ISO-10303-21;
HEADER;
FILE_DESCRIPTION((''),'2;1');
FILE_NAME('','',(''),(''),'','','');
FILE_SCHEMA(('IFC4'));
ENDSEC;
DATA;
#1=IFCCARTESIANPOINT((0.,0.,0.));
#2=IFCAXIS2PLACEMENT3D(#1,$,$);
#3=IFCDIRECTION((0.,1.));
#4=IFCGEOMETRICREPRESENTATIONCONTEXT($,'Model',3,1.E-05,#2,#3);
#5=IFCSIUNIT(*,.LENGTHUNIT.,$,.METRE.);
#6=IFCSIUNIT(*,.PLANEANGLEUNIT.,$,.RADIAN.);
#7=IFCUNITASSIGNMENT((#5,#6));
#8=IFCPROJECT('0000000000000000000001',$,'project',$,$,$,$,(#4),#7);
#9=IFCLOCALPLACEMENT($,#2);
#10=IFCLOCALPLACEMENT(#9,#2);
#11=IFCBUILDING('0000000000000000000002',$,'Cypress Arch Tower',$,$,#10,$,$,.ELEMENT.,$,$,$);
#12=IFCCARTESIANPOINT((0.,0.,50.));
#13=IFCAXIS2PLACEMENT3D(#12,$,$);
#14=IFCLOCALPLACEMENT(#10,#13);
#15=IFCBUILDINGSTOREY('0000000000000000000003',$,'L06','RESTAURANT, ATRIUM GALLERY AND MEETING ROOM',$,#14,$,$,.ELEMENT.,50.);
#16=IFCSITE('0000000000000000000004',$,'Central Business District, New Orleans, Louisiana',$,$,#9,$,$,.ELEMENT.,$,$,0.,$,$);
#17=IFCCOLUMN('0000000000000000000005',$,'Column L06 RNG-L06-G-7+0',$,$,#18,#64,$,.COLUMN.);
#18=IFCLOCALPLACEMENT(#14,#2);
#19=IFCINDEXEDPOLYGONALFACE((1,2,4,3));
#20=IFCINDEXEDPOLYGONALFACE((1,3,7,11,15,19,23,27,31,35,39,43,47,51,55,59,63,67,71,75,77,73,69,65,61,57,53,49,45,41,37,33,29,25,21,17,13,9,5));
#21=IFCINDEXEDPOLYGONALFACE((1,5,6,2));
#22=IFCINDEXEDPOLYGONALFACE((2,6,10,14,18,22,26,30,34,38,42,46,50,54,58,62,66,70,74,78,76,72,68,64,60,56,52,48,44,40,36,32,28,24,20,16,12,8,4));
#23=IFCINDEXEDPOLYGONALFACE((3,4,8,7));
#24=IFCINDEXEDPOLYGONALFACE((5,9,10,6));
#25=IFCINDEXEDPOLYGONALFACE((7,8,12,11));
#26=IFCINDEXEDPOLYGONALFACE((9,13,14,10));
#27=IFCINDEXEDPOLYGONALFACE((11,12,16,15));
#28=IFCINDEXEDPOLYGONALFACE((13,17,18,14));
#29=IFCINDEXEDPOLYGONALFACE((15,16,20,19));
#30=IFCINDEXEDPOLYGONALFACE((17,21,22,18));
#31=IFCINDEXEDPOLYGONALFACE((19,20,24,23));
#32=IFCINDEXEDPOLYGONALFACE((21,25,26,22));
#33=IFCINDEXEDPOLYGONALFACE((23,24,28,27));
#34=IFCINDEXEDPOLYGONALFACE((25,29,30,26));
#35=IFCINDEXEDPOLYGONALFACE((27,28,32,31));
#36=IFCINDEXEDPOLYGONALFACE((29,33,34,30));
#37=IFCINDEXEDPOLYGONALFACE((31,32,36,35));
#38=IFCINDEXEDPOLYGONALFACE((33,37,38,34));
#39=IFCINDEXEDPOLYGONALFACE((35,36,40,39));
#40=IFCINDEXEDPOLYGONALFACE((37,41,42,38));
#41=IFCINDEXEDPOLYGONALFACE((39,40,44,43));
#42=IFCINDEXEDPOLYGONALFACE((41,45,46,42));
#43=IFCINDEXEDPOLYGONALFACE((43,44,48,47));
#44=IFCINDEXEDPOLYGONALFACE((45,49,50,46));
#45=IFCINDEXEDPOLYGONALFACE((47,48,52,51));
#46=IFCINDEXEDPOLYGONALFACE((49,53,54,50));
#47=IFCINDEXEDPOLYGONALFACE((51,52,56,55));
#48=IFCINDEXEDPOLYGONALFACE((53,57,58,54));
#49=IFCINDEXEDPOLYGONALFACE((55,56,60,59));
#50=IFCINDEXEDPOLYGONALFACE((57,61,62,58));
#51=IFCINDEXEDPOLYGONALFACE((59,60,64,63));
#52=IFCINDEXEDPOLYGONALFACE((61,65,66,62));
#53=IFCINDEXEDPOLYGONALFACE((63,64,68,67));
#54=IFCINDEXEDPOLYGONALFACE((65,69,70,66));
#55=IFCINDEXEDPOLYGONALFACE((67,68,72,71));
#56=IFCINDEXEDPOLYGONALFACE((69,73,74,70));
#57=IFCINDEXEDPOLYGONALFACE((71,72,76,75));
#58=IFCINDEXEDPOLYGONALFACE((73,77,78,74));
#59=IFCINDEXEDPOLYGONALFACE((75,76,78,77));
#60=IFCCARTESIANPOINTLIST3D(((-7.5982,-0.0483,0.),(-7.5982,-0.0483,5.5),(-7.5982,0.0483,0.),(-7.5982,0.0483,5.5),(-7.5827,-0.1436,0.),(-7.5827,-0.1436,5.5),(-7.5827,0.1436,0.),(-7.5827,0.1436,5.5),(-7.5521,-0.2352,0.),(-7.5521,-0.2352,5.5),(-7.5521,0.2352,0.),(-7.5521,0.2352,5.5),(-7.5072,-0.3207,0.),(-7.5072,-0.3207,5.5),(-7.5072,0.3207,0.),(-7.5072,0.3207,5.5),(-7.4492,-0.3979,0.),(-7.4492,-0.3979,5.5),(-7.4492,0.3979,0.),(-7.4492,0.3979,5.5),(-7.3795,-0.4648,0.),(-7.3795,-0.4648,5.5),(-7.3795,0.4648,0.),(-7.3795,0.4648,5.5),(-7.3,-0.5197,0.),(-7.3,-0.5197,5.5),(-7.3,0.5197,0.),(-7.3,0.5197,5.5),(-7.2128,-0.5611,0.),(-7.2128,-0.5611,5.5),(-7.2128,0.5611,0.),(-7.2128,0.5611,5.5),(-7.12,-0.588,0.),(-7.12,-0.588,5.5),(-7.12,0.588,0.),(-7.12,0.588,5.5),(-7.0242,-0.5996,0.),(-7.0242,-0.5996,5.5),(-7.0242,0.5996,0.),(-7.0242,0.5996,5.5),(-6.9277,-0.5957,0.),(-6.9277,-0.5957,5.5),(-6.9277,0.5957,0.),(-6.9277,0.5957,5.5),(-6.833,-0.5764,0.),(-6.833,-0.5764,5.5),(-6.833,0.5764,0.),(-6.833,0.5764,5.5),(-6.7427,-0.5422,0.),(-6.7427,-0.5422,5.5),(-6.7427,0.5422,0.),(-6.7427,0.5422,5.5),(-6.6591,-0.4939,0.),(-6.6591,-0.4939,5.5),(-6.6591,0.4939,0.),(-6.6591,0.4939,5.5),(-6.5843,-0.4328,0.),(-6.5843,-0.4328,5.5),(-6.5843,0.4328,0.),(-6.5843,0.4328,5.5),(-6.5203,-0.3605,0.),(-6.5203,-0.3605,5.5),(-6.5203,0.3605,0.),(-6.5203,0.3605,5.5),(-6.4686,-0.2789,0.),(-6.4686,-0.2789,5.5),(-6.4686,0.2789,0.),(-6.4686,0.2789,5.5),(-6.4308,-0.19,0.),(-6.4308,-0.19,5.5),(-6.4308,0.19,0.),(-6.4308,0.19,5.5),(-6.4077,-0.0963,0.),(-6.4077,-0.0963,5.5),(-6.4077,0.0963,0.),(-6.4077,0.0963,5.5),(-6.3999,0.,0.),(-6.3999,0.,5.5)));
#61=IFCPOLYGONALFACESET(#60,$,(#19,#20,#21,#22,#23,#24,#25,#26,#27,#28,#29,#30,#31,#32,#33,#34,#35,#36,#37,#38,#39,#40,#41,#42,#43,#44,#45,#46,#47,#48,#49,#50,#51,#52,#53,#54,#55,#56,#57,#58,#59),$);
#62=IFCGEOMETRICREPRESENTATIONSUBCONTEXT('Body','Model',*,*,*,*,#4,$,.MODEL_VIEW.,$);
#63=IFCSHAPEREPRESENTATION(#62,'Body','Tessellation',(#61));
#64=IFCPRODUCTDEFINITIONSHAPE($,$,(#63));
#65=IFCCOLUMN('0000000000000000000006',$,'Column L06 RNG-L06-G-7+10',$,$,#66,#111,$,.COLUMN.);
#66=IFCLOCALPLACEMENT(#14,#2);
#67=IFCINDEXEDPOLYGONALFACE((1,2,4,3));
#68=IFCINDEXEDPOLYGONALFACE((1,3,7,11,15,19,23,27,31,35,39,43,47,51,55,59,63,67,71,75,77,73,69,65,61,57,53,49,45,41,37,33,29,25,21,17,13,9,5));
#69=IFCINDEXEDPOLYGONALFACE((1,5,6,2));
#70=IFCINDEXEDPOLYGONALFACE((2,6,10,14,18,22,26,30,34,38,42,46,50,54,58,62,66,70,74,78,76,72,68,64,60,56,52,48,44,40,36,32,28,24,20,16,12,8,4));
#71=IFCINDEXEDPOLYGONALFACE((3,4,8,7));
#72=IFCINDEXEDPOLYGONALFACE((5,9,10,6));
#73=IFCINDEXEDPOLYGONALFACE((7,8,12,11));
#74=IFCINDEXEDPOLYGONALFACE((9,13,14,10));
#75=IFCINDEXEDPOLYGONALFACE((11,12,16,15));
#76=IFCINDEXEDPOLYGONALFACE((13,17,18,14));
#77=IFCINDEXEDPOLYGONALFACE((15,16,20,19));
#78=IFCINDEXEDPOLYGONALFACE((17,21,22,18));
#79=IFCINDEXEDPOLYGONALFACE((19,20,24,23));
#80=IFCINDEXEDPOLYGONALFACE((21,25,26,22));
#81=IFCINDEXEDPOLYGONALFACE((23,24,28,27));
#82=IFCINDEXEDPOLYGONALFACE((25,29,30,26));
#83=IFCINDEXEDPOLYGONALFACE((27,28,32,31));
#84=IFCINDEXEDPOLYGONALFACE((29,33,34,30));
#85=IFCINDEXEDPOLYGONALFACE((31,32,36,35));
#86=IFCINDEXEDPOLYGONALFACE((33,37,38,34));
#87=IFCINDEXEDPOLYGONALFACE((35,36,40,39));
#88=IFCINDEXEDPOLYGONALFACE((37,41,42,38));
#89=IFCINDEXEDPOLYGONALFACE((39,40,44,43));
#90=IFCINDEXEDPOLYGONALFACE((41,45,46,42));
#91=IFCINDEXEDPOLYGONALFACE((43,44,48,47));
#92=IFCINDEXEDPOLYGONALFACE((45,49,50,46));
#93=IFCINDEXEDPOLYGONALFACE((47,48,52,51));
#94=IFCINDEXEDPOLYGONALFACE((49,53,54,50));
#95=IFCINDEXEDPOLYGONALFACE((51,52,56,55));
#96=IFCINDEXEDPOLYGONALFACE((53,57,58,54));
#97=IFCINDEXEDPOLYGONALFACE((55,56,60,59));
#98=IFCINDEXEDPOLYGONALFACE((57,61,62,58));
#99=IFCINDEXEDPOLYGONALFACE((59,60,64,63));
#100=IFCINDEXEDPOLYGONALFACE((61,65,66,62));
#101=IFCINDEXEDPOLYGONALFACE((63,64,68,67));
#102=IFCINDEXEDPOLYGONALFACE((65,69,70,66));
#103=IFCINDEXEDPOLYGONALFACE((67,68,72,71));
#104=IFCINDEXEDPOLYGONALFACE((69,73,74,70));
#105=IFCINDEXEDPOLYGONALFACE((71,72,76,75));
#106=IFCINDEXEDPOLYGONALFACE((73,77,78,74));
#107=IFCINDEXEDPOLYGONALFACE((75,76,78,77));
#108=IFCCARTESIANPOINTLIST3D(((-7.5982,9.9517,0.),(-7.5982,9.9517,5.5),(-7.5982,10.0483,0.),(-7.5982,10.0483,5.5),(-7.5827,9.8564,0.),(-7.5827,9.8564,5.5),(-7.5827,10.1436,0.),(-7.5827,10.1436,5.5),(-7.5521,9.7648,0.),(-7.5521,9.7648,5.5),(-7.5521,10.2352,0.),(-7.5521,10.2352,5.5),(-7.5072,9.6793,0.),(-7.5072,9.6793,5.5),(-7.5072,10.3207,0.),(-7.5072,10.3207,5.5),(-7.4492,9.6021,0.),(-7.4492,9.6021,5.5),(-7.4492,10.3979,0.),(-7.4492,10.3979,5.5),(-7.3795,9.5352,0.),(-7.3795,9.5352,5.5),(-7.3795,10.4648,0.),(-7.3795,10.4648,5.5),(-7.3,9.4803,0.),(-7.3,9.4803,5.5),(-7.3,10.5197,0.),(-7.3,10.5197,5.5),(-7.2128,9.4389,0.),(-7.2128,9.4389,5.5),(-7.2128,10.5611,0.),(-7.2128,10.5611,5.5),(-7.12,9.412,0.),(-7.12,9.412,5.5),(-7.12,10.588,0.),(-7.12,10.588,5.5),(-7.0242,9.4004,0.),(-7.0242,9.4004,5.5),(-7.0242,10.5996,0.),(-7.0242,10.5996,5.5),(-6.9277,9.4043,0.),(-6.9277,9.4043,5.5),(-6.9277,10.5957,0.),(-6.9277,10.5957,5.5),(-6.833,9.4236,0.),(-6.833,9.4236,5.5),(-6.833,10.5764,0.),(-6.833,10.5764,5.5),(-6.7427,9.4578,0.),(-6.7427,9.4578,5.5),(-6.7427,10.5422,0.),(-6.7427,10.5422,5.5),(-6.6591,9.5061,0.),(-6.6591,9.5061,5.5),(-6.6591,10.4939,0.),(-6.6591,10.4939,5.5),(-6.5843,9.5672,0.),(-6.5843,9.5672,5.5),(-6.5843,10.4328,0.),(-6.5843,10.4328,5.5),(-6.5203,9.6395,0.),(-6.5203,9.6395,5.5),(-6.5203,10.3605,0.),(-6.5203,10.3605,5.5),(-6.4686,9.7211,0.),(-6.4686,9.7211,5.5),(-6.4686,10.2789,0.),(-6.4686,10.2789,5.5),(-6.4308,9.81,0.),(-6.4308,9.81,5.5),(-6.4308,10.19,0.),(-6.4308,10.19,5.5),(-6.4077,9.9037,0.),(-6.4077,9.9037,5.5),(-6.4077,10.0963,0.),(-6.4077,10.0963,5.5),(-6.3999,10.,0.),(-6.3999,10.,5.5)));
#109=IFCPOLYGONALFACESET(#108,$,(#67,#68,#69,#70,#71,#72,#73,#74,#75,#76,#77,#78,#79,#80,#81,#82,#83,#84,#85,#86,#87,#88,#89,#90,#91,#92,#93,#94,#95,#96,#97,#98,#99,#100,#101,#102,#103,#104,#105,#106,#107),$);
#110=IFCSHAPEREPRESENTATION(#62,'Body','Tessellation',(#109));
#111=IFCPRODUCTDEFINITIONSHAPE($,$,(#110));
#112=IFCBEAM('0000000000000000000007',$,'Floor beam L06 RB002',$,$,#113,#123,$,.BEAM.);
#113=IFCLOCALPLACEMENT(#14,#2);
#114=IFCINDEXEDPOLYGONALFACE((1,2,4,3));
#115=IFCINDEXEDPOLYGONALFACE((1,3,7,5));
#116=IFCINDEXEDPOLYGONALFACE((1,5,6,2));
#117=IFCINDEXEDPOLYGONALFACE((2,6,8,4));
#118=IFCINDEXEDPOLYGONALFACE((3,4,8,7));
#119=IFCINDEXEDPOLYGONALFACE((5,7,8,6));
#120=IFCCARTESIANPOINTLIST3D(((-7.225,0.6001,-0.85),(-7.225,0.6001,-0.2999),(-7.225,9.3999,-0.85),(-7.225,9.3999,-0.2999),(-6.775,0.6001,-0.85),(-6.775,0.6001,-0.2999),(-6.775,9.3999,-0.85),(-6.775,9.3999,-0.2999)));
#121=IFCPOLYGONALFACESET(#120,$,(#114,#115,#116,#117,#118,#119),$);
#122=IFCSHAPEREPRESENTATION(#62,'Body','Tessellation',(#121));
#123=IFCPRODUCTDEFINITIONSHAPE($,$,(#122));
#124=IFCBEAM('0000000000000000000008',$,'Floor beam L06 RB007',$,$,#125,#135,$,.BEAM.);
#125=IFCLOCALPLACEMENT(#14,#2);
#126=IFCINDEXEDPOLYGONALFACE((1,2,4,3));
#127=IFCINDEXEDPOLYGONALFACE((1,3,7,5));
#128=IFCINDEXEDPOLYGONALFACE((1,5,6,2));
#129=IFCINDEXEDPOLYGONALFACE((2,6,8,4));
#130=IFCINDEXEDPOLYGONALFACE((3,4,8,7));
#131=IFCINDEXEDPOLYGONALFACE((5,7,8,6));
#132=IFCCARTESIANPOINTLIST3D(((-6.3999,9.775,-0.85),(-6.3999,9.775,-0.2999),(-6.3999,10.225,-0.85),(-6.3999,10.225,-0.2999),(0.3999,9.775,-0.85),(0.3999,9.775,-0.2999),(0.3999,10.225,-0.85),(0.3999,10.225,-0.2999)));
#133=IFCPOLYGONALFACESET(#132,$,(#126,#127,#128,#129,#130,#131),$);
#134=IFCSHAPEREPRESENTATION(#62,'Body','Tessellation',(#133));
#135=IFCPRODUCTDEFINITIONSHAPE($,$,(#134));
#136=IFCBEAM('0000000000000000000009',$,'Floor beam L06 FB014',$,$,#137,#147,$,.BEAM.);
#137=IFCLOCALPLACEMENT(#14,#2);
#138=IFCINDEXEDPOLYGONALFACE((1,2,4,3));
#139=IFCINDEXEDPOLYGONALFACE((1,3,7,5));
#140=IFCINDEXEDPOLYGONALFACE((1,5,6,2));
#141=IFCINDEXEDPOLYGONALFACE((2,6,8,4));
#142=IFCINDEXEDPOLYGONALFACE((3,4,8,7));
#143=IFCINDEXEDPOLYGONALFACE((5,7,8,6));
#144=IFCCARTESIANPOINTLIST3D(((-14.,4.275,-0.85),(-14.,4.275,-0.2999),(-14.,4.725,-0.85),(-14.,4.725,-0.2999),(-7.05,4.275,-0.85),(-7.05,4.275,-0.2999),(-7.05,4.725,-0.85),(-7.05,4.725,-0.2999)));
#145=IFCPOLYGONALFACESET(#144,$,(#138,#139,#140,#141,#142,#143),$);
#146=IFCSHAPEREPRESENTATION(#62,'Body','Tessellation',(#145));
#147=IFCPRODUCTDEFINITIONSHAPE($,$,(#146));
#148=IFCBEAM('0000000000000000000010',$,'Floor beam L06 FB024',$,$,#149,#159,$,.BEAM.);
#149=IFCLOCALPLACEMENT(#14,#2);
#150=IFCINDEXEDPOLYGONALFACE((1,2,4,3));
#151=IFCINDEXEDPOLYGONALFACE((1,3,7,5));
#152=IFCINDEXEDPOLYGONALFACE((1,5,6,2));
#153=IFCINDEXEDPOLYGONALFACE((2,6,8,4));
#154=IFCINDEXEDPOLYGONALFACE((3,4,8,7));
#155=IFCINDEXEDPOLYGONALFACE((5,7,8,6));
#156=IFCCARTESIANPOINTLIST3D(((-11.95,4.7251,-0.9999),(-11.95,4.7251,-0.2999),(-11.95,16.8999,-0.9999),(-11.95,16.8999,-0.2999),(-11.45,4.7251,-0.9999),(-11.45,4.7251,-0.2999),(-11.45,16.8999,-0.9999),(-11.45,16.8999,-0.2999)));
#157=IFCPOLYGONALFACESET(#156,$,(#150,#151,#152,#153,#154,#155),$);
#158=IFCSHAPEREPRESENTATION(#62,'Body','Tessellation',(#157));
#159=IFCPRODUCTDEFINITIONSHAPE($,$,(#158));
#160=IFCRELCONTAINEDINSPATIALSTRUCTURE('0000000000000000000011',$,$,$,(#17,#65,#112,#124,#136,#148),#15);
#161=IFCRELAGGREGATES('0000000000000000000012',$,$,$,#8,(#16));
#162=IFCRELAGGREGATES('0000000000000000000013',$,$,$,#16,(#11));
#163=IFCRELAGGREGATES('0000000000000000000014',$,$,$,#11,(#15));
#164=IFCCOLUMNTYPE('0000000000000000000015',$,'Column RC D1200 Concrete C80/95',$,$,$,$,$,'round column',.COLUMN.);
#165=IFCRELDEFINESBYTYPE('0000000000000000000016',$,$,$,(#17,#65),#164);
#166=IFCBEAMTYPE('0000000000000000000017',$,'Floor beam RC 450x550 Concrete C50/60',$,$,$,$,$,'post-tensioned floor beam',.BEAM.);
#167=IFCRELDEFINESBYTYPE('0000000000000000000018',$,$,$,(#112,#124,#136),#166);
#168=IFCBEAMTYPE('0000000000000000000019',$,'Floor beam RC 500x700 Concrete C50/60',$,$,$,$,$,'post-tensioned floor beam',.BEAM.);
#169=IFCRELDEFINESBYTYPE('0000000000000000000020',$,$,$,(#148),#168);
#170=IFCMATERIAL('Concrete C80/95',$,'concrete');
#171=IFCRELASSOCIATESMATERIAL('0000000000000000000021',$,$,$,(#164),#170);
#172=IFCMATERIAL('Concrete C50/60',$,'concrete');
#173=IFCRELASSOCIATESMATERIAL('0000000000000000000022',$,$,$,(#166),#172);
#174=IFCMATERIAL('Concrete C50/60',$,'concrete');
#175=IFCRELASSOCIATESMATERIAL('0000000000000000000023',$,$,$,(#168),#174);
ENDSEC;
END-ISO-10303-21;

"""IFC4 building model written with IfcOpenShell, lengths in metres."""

from ifc_helpers import new_model, si_unit, direction, frame, origin, origin_2d, place, context, subcontext, project, spatial, rectangle, circle, extrude, material, material_profile, profile_set, type_object, element, save


model = new_model("IFC4")

# Units and contexts
model_context = context("Model", 3, precision=1e-05, world=origin(), true_north=direction((0.0, 1.0)))
body_context = subcontext(model_context, "Body", "Model", "MODEL_VIEW")
ifc_project = project(units=[si_unit("LENGTHUNIT", "METRE"), si_unit("PLANEANGLEUNIT", "RADIAN")], contexts=[model_context])

# Site, building, storey
site_placement = place(None, origin())
site = spatial("IfcSite", under=ifc_project, at=site_placement, Name="Central Business District, New Orleans, Louisiana", CompositionType="ELEMENT", RefElevation=0.0)
building_placement = place(site_placement, origin())
building = spatial("IfcBuilding", under=site, at=building_placement, Name="Cypress Arch Tower", CompositionType="ELEMENT")
storey_placement = place(building_placement, frame((0.0, 0.0, 50.0)))
storey = spatial("IfcBuildingStorey", under=building, at=storey_placement, Name="L06", Description="RESTAURANT, ATRIUM GALLERY AND MEETING ROOM", CompositionType="ELEMENT", Elevation=50.0)

# Columns
ifc_material_1 = material(Name="Concrete C80/95", Category="concrete")
ifc_material_profile_1 = material_profile(ifc_material_1, circle(Radius=0.6001, at=origin_2d()), Name="RC D1200")
ifc_profile_set_1 = profile_set([ifc_material_profile_1], Name="Concrete C80/95")
column_type = type_object("IfcColumnType", Name="Column RC D1200 Concrete C80/95", ElementType="round column", PredefinedType="COLUMN", material=ifc_profile_set_1)
for number, where, z_axis, x_axis, name in (
    (1, (-7.0, 0.0, 0.0), (0.0, 0.0, 1.0), (1.0, 0.0, 0.0), "Column L06 RNG-L06-G-7+0"),
    (2, (-7.0, 10.0, 0.0), (0.0, 0.0, 1.0), (1.0, 0.0, 0.0), "Column L06 RNG-L06-G-7+10"),
):
    element("IfcColumn", number, at=place(storey_placement, frame(where, z_axis=z_axis, x_axis=x_axis)), inside=storey, type_object=column_type, Name=name, PredefinedType="COLUMN", context=body_context, shape_type="SweptSolid", body=[
        extrude(circle(Radius=0.6001, at=origin_2d()), origin(), (0.0, 0.0, 1.0), 5.5),
    ])

# Beams
ifc_material_2 = material(Name="Concrete C50/60", Category="concrete")
ifc_material_profile_2 = material_profile(ifc_material_2, rectangle(XDim=0.45, YDim=0.55, at=origin_2d()), Name="RC 450x550")
ifc_profile_set_2 = profile_set([ifc_material_profile_2], Name="Concrete C50/60")
beam_type_1 = type_object("IfcBeamType", Name="Floor beam RC 450x550 Concrete C50/60", ElementType="post-tensioned floor beam", PredefinedType="BEAM", material=ifc_profile_set_2)
beam_1_placement = place(storey_placement, frame((-7.0, 0.6001, -0.575), z_axis=(0.0, 1.0, 0.0), x_axis=(-1.0, 0.0, 0.0)))
element("IfcBeam", 3, at=beam_1_placement, inside=storey, type_object=beam_type_1, Name="Floor beam L06 RB002", PredefinedType="BEAM", context=body_context, shape_type="SweptSolid", body=[
    extrude(rectangle(XDim=0.45, YDim=0.55, at=origin_2d()), origin(), (0.0, 0.0, 1.0), 8.7998),
])
beam_2_placement = place(storey_placement, frame((-6.3999, 10.0, -0.575), z_axis=(1.0, 0.0, 0.0), x_axis=(0.0, 1.0, 0.0)))
element("IfcBeam", 4, at=beam_2_placement, inside=storey, type_object=beam_type_1, Name="Floor beam L06 RB007", PredefinedType="BEAM", context=body_context, shape_type="SweptSolid", body=[
    extrude(rectangle(XDim=0.45, YDim=0.55, at=origin_2d()), origin(), (0.0, 0.0, 1.0), 6.7998),
])
beam_3_placement = place(storey_placement, frame((-14.0, 4.5, -0.575), z_axis=(1.0, 0.0, 0.0), x_axis=(0.0, 1.0, 0.0)))
element("IfcBeam", 5, at=beam_3_placement, inside=storey, type_object=beam_type_1, Name="Floor beam L06 FB014", PredefinedType="BEAM", context=body_context, shape_type="SweptSolid", body=[
    extrude(rectangle(XDim=0.45, YDim=0.55, at=origin_2d()), origin(), (0.0, 0.0, 1.0), 6.95),
])
ifc_material_3 = material(Name="Concrete C50/60", Category="concrete")
ifc_material_profile_3 = material_profile(ifc_material_3, rectangle(XDim=0.5, YDim=0.7, at=origin_2d()), Name="RC 500x700")
ifc_profile_set_3 = profile_set([ifc_material_profile_3], Name="Concrete C50/60")
beam_type_2 = type_object("IfcBeamType", Name="Floor beam RC 500x700 Concrete C50/60", ElementType="post-tensioned floor beam", PredefinedType="BEAM", material=ifc_profile_set_3)
beam_4_placement = place(storey_placement, frame((-11.7, 4.7251, -0.6499), z_axis=(0.0, 1.0, 0.0), x_axis=(-1.0, 0.0, 0.0)))
element("IfcBeam", 6, at=beam_4_placement, inside=storey, type_object=beam_type_2, Name="Floor beam L06 FB024", PredefinedType="BEAM", context=body_context, shape_type="SweptSolid", body=[
    extrude(rectangle(XDim=0.5, YDim=0.7, at=origin_2d()), origin(), (0.0, 0.0, 1.0), 12.1748),
])

save(model, "model.ifc")
